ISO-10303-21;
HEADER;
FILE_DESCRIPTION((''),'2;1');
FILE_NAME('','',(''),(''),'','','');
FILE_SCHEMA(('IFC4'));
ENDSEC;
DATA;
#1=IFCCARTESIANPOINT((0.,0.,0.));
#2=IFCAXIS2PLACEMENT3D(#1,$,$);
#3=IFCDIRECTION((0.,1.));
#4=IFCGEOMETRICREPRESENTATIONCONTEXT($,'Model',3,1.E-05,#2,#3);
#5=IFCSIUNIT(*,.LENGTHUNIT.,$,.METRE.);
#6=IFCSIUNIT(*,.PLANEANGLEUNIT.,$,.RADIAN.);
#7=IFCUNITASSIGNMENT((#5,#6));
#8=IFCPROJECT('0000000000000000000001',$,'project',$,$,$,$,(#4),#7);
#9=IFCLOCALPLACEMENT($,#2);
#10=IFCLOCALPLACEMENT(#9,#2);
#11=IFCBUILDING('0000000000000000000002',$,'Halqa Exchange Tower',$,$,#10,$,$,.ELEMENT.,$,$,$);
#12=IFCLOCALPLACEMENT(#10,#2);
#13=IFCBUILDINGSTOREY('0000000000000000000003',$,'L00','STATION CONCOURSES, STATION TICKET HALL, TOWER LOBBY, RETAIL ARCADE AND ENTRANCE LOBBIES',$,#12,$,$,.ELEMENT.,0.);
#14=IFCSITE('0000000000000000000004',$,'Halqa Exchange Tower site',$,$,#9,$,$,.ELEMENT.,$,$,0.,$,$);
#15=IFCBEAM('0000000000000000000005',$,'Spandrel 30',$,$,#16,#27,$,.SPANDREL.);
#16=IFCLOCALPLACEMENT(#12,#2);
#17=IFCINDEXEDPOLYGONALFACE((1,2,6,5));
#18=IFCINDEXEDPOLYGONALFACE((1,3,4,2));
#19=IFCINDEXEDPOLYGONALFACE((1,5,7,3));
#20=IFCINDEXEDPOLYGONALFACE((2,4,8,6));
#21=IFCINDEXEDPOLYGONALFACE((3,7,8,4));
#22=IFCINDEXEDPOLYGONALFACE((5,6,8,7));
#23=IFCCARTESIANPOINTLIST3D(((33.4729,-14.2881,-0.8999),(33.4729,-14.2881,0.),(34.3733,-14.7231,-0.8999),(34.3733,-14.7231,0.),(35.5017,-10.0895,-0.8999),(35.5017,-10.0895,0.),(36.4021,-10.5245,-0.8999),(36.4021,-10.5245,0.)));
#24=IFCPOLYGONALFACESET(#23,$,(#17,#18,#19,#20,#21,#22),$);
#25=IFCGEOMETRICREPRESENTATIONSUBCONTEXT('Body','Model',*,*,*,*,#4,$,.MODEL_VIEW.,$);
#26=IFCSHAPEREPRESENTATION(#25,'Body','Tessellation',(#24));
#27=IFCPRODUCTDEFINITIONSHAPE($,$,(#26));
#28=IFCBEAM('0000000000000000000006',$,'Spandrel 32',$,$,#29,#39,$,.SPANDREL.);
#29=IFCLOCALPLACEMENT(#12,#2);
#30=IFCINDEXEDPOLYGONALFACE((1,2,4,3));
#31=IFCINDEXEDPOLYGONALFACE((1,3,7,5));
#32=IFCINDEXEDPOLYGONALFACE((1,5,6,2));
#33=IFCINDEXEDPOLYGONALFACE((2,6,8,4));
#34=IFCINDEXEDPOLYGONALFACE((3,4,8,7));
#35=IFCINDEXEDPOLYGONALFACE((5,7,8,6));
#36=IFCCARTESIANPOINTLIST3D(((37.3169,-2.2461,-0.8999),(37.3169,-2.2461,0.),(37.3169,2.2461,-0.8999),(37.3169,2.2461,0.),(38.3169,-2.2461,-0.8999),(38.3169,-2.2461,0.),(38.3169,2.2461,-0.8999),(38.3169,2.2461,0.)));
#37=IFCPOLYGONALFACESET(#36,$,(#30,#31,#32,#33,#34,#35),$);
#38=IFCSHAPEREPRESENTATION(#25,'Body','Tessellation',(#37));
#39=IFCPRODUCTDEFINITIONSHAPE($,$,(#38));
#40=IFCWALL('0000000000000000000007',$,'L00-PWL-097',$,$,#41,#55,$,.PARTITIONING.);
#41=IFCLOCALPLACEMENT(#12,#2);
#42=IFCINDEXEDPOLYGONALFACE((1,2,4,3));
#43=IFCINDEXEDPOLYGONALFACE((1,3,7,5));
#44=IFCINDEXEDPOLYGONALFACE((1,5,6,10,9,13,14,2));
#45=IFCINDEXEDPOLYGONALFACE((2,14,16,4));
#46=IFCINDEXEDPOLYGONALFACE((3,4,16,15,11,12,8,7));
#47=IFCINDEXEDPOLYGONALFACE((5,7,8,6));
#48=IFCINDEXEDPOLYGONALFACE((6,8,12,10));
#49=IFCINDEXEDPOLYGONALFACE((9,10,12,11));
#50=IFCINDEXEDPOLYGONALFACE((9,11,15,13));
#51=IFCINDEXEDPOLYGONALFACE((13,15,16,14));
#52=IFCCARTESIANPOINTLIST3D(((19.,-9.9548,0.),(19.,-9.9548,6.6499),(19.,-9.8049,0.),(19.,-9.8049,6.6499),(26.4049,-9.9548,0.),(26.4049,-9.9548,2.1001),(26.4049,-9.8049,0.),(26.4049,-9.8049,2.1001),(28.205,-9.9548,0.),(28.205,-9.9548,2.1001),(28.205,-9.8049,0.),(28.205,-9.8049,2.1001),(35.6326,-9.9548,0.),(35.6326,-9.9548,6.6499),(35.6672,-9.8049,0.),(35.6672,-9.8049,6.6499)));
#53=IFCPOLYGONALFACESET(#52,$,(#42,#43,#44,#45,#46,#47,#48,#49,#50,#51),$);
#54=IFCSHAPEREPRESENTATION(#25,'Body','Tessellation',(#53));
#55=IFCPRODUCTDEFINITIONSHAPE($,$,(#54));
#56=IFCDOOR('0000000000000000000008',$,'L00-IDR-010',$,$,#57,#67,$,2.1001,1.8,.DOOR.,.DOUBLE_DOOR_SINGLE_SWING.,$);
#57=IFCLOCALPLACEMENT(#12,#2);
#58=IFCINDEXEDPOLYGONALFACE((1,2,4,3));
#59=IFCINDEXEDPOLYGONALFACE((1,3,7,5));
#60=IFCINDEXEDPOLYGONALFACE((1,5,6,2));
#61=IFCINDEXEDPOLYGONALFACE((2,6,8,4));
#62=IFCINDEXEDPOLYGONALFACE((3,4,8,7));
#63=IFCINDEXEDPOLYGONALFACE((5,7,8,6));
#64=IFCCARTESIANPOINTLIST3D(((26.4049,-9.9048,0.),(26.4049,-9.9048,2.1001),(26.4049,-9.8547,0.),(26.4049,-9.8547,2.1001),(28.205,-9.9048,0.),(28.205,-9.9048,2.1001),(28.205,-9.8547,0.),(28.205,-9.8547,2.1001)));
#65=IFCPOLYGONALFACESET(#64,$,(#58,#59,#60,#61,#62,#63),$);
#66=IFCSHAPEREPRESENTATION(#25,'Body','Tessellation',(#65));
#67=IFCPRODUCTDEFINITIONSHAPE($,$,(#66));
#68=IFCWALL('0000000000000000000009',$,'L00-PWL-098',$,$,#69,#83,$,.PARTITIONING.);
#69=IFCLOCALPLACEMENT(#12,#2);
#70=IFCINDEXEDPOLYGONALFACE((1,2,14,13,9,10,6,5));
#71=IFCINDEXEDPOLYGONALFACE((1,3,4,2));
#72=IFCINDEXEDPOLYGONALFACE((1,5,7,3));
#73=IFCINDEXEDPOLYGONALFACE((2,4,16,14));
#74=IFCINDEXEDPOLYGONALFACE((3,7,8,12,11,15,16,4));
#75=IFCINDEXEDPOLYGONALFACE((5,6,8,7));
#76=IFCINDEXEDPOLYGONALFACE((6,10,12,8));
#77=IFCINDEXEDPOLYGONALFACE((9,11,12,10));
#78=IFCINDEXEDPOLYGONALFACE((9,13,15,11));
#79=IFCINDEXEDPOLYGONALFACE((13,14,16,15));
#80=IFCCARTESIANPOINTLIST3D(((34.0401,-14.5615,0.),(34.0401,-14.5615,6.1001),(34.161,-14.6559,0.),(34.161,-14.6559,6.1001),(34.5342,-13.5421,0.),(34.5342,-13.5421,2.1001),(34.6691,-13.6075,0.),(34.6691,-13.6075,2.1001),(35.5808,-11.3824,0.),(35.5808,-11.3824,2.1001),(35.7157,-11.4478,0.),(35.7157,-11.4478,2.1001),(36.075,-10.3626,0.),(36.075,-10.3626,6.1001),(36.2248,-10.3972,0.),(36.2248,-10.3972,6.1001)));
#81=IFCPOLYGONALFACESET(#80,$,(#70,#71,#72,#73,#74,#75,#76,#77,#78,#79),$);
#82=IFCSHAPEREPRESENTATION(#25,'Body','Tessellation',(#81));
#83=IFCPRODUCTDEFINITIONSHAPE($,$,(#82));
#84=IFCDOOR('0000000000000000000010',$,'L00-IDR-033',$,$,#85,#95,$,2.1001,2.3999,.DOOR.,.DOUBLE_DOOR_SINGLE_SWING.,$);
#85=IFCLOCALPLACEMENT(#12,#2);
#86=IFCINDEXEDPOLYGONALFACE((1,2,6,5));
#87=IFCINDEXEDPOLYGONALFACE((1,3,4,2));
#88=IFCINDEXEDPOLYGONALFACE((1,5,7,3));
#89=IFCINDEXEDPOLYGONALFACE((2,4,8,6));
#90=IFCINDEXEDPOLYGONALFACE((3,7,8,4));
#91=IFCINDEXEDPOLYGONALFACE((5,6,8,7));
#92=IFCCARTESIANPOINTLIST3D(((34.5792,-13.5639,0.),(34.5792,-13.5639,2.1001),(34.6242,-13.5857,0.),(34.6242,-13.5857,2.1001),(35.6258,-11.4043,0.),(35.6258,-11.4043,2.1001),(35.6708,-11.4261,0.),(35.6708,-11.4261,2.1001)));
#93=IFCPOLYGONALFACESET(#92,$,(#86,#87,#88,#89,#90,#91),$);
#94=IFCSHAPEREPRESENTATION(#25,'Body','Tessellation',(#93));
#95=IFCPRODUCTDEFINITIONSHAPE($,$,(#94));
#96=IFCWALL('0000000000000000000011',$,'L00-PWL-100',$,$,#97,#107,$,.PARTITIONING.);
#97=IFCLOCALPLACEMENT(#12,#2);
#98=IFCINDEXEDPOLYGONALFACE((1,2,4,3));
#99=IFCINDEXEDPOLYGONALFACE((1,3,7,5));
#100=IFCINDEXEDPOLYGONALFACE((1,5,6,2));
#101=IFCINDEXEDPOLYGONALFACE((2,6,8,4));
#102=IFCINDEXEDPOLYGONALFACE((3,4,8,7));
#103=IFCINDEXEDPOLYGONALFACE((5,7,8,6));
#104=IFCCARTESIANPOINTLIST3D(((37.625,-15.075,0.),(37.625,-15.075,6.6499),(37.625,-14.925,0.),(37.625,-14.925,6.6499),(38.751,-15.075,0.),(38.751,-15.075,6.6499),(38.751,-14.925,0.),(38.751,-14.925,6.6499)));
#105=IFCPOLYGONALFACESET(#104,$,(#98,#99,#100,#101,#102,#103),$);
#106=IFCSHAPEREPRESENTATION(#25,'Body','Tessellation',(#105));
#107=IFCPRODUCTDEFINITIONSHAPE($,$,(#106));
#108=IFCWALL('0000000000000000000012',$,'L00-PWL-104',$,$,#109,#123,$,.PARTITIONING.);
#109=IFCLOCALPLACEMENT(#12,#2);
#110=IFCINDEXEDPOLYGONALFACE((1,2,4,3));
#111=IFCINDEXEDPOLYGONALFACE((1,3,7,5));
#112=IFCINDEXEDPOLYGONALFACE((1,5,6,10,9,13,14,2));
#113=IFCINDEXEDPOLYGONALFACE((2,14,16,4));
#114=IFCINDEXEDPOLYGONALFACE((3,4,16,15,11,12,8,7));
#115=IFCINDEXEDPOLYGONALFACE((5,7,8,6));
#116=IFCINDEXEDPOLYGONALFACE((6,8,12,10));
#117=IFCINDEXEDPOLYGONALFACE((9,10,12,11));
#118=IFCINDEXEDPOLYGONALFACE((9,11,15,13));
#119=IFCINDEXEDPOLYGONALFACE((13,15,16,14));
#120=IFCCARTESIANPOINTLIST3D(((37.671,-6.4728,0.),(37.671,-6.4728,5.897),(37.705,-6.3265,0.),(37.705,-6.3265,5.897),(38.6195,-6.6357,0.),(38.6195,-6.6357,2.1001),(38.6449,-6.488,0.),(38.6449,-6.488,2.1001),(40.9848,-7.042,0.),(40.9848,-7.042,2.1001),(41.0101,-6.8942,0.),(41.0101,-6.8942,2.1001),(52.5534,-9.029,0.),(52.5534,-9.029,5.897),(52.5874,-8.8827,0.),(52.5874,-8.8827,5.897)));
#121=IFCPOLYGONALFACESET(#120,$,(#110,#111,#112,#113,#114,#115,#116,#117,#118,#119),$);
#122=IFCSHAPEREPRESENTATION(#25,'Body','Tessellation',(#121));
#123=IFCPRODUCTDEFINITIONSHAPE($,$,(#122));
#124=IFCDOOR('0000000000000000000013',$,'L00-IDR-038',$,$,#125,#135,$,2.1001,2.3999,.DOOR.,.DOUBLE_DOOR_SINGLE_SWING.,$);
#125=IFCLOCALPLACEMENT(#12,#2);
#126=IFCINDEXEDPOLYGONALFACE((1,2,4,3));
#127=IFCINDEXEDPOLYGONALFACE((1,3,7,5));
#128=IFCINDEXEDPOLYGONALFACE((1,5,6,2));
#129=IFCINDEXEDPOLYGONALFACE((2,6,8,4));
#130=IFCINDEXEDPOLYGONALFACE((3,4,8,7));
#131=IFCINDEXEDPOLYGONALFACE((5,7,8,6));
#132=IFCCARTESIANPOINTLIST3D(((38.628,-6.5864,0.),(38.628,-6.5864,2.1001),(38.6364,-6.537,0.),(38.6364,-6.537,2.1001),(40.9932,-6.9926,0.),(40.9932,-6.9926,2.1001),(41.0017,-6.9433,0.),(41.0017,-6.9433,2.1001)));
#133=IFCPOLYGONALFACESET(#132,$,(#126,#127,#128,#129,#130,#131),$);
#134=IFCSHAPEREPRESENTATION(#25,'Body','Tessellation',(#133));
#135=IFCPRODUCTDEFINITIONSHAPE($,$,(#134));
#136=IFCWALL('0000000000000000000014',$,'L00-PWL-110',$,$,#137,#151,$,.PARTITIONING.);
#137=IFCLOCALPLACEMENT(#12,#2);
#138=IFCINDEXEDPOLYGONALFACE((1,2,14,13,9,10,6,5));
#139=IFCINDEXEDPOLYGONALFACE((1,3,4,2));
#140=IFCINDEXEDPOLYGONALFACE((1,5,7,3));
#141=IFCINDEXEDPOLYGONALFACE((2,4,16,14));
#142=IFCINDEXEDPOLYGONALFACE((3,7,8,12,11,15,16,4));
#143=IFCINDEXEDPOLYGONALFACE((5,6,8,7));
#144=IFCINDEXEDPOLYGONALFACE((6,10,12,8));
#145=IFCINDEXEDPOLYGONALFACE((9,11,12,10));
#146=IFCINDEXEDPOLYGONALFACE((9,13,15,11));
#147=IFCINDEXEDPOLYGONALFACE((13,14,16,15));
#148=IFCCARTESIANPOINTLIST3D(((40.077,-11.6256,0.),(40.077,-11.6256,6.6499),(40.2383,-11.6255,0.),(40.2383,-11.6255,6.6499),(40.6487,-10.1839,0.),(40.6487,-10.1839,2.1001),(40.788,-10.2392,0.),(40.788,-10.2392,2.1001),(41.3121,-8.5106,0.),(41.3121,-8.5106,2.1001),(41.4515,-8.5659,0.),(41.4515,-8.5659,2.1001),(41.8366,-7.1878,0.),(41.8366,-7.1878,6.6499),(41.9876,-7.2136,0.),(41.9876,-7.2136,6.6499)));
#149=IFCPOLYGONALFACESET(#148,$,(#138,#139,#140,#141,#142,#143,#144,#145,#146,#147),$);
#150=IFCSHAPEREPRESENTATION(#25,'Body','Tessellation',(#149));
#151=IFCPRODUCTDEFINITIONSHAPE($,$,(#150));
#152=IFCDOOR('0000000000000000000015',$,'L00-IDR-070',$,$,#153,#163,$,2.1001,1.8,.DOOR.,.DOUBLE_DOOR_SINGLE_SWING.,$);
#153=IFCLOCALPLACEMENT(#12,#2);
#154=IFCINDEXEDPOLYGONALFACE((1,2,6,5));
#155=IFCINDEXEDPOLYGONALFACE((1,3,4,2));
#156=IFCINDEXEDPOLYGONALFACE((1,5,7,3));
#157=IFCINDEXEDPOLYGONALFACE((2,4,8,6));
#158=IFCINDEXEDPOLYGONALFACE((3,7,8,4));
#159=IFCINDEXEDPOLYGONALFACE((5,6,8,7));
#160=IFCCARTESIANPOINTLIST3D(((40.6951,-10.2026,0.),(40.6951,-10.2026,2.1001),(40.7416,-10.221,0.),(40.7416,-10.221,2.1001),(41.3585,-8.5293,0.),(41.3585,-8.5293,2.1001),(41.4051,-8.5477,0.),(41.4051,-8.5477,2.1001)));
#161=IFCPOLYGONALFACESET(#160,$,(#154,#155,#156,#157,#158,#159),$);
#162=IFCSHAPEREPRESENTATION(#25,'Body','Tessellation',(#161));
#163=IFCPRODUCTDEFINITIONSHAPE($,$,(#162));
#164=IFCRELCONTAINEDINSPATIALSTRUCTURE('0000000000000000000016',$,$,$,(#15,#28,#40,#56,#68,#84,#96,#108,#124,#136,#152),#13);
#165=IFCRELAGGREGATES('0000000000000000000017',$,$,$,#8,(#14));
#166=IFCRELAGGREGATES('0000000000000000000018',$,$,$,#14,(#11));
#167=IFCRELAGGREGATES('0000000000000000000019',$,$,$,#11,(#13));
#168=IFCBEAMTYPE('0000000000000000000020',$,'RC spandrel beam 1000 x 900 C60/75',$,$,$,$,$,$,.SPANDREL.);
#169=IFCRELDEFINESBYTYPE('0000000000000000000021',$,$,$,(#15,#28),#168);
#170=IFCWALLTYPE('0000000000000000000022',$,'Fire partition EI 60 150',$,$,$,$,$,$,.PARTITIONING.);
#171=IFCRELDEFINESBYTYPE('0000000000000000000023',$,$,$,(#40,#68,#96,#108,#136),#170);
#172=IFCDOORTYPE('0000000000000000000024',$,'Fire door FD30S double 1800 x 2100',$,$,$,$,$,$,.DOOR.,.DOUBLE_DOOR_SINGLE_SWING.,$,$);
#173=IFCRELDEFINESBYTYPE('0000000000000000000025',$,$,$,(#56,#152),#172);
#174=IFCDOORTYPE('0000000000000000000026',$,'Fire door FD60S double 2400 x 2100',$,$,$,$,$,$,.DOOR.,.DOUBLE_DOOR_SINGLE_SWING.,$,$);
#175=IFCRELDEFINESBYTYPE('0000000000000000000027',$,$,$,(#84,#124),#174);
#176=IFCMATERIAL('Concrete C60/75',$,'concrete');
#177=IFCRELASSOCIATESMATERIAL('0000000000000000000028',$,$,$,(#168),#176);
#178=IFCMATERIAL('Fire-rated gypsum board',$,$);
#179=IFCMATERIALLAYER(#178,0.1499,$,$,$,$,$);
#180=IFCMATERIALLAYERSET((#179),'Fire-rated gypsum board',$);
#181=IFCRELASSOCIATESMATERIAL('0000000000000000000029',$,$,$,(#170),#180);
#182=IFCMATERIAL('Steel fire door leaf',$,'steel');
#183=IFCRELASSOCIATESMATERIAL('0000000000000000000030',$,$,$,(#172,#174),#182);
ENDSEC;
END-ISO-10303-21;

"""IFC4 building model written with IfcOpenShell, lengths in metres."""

from ifc_helpers import new_model, si_unit, direction, frame, frame_2d, origin, origin_2d, place, context, subcontext, project, spatial, polyline, rectangle, outline, extrude, material, layer, layer_set, material_profile, profile_set, type_object, element, fill, save


model = new_model("IFC4")

# Units and contexts
model_context = context("Model", 3, precision=1e-05, world=origin(), true_north=direction((0.0, 1.0)))
body_context = subcontext(model_context, "Body", "Model", "MODEL_VIEW")
ifc_project = project(units=[si_unit("LENGTHUNIT", "METRE"), si_unit("PLANEANGLEUNIT", "RADIAN")], contexts=[model_context])

# Site, building, storey
site_placement = place(None, origin())
site = spatial("IfcSite", under=ifc_project, at=site_placement, Name="Halqa Exchange Tower site", CompositionType="ELEMENT", RefElevation=0.0)
building_placement = place(site_placement, origin())
building = spatial("IfcBuilding", under=site, at=building_placement, Name="Halqa Exchange Tower", CompositionType="ELEMENT")
storey_placement = place(building_placement, origin())
storey = spatial("IfcBuildingStorey", under=building, at=storey_placement, Name="L00", Description="STATION CONCOURSES, STATION TICKET HALL, TOWER LOBBY, RETAIL ARCADE AND ENTRANCE LOBBIES", CompositionType="ELEMENT", Elevation=0.0)

# Beams
ifc_material_1 = material(Name="Concrete C60/75", Category="concrete")
ifc_material_profile_1 = material_profile(ifc_material_1, rectangle(XDim=1.0, YDim=0.8999, at=origin_2d()), Name="1000 x 900")
ifc_profile_set_1 = profile_set([ifc_material_profile_1], Name="Concrete C60/75")
beam_type_1 = type_object("IfcBeamType", Name="RC spandrel beam 1000 x 900 C60/75", PredefinedType="SPANDREL", material=ifc_profile_set_1)
beam_1_placement = place(storey_placement, frame((33.9231, -14.5056, -0.45), z_axis=(0.435068, 0.900397, 0.0), x_axis=(-0.900397, 0.435068, 0.0)))
element("IfcBeam", 1, at=beam_1_placement, inside=storey, type_object=beam_type_1, Name="Spandrel 30", PredefinedType="SPANDREL", context=body_context, shape_type="SweptSolid", body=[
    extrude(rectangle(XDim=1.0, YDim=0.8999, at=origin_2d()), origin(), (0.0, 0.0, 1.0), 4.6631),
])
beam_2_placement = place(storey_placement, frame((37.8169, -2.2461, -0.45), z_axis=(0.0, 1.0, 0.0), x_axis=(-1.0, 0.0, 0.0)))
element("IfcBeam", 2, at=beam_2_placement, inside=storey, type_object=beam_type_1, Name="Spandrel 32", PredefinedType="SPANDREL", context=body_context, shape_type="SweptSolid", body=[
    extrude(rectangle(XDim=1.0, YDim=0.8999, at=origin_2d()), origin(), (0.0, 0.0, 1.0), 4.4922),
])

# Walls, openings, doors
ifc_material_2 = material(Name="Fire-rated gypsum board")
ifc_layer_1 = layer(ifc_material_2, 0.1499)
ifc_layer_set_1 = layer_set([ifc_layer_1], Name="Fire-rated gypsum board")
wall_type_1 = type_object("IfcWallType", Name="Fire partition EI 60 150", PredefinedType="PARTITIONING", material=ifc_layer_set_1)
wall_1_placement = place(storey_placement, frame((35.6499, -9.8799, 0.0), z_axis=(0.0, 0.0, 1.0), x_axis=(-1.0, 0.0, 0.0)))
wall_1 = element("IfcWall", 3, at=wall_1_placement, inside=storey, type_object=wall_type_1, Name="L00-PWL-097", PredefinedType="PARTITIONING", context=body_context, shape_type="SweptSolid", body=[
    extrude(outline(polyline([(-0.0173, -0.075), (16.6499, -0.075), (16.6499, 0.075), (0.0173, 0.075), (-0.0173, -0.075)])), origin(), (0.0, 0.0, 1.0), 6.6499),
])
opening_1_placement = place(wall_1_placement, frame((7.4451, 0.0, 0.0)))
opening_1 = element("IfcOpeningElement", 4, at=opening_1_placement, cuts=wall_1, PredefinedType="OPENING", context=body_context, shape_type="SweptSolid", body=[
    extrude(rectangle(XDim=1.8, YDim=2.1001, at=frame_2d((0.8999, 1.05))), frame((0.0, 0.0869, 0.0), z_axis=(0.0, -1.0, 0.0), x_axis=(1.0, 0.0, 0.0)), (0.0, 0.0, 1.0), 0.1738),
])
ifc_material_3 = material(Name="Steel fire door leaf", Category="steel")
door_type_1 = type_object("IfcDoorType", Name="Fire door FD30S double 1800 x 2100", OperationType="DOUBLE_DOOR_SINGLE_SWING", PredefinedType="DOOR", material=ifc_material_3)
door_1_placement = place(opening_1_placement, origin())
door_1 = element("IfcDoor", 5, at=door_1_placement, inside=storey, type_object=door_type_1, Name="L00-IDR-010", OperationType="DOUBLE_DOOR_SINGLE_SWING", OverallHeight=2.1001, OverallWidth=1.8, PredefinedType="DOOR", context=body_context, shape_type="SweptSolid", body=[
    extrude(rectangle(XDim=1.8, YDim=2.1001, at=frame_2d((0.8999, 1.05))), frame((0.0, 0.0249, 0.0), z_axis=(0.0, -1.0, 0.0), x_axis=(1.0, 0.0, 0.0)), (0.0, 0.0, 1.0), 0.05),
])
fill(opening_1, door_1)
wall_2_placement = place(storey_placement, frame((36.1499, -10.3799, 0.0), z_axis=(0.0, 0.0, 1.0), x_axis=(-0.436103, -0.899897, 0.0)))
wall_2 = element("IfcWall", 6, at=wall_2_placement, inside=storey, type_object=wall_type_1, Name="L00-PWL-098", PredefinedType="PARTITIONING", context=body_context, shape_type="SweptSolid", body=[
    extrude(outline(polyline([(0.0171, -0.075), (4.6831, -0.075), (4.7153, 0.075), (-0.0171, 0.075), (0.0171, -0.075)])), origin(), (0.0, 0.0, 1.0), 6.1001),
])
opening_2_placement = place(wall_2_placement, frame((1.1504, 0.0, 0.0)))
opening_2 = element("IfcOpeningElement", 7, at=opening_2_placement, cuts=wall_2, PredefinedType="OPENING", context=body_context, shape_type="SweptSolid", body=[
    extrude(rectangle(XDim=2.3999, YDim=2.1001, at=frame_2d((1.2, 1.05))), frame((0.0, 0.0869, 0.0), z_axis=(0.0, -1.0, 0.0), x_axis=(1.0, 0.0, 0.0)), (0.0, 0.0, 1.0), 0.1738),
])
door_type_2 = type_object("IfcDoorType", Name="Fire door FD60S double 2400 x 2100", OperationType="DOUBLE_DOOR_SINGLE_SWING", PredefinedType="DOOR", material=ifc_material_3)
door_2_placement = place(opening_2_placement, frame((2.3999, 0.0, 0.0), z_axis=(0.0, 0.0, 1.0), x_axis=(-1.0, 0.0, 0.0)))
door_2 = element("IfcDoor", 8, at=door_2_placement, inside=storey, type_object=door_type_2, Name="L00-IDR-033", OperationType="DOUBLE_DOOR_SINGLE_SWING", OverallHeight=2.1001, OverallWidth=2.3999, PredefinedType="DOOR", context=body_context, shape_type="SweptSolid", body=[
    extrude(rectangle(XDim=2.3999, YDim=2.1001, at=frame_2d((1.2, 1.05))), frame((0.0, 0.0249, 0.0), z_axis=(0.0, -1.0, 0.0), x_axis=(1.0, 0.0, 0.0)), (0.0, 0.0, 1.0), 0.05),
])
fill(opening_2, door_2)

# Wall
wall_3_placement = place(storey_placement, frame((37.625, -15.0, 0.0), z_axis=(0.0, 0.0, 1.0), x_axis=(1.0, 0.0, 0.0)))
element("IfcWall", 9, at=wall_3_placement, inside=storey, type_object=wall_type_1, Name="L00-PWL-100", PredefinedType="PARTITIONING", context=body_context, shape_type="SweptSolid", body=[
    extrude(rectangle(XDim=1.126, YDim=0.1499, at=frame_2d((0.563, 0.0))), origin(), (0.0, 0.0, 1.0), 6.6499),
])

# Walls, openings, doors
wall_4_placement = place(storey_placement, frame((37.688, -6.3997, 0.0), z_axis=(0.0, 0.0, 1.0), x_axis=(0.985568, -0.169279, 0.0)))
wall_4 = element("IfcWall", 10, at=wall_4_placement, inside=storey, type_object=wall_type_1, Name="L00-PWL-104", PredefinedType="PARTITIONING", context=body_context, shape_type="SweptSolid", body=[
    extrude(outline(polyline([(-0.0044, -0.075), (15.0959, -0.075), (15.1047, 0.075), (0.0044, 0.075), (-0.0044, -0.075)])), origin(), (0.0, 0.0, 1.0), 5.897),
])
opening_3_placement = place(wall_4_placement, frame((0.958, 0.0, 0.0)))
opening_3 = element("IfcOpeningElement", 11, at=opening_3_placement, cuts=wall_4, PredefinedType="OPENING", context=body_context, shape_type="SweptSolid", body=[
    extrude(rectangle(XDim=2.3999, YDim=2.1001, at=frame_2d((1.2, 1.05))), frame((0.0, 0.0869, 0.0), z_axis=(0.0, -1.0, 0.0), x_axis=(1.0, 0.0, 0.0)), (0.0, 0.0, 1.0), 0.1738),
])
door_3_placement = place(opening_3_placement, frame((2.3999, 0.0, 0.0), z_axis=(0.0, 0.0, 1.0), x_axis=(-1.0, 0.0, 0.0)))
door_3 = element("IfcDoor", 12, at=door_3_placement, inside=storey, type_object=door_type_2, Name="L00-IDR-038", OperationType="DOUBLE_DOOR_SINGLE_SWING", OverallHeight=2.1001, OverallWidth=2.3999, PredefinedType="DOOR", context=body_context, shape_type="SweptSolid", body=[
    extrude(rectangle(XDim=2.3999, YDim=2.1001, at=frame_2d((1.2, 1.05))), frame((0.0, 0.0249, 0.0), z_axis=(0.0, -1.0, 0.0), x_axis=(1.0, 0.0, 0.0)), (0.0, 0.0, 1.0), 0.05),
])
fill(opening_3, door_3)
wall_5_placement = place(storey_placement, frame((41.9121, -7.2007, 0.0), z_axis=(0.0, 0.0, 1.0), x_axis=(-0.368577, -0.929597, 0.0)))
wall_5 = element("IfcWall", 13, at=wall_5_placement, inside=storey, type_object=wall_type_1, Name="L00-PWL-110", PredefinedType="PARTITIONING", context=body_context, shape_type="SweptSolid", body=[
    extrude(outline(polyline([(0.0159, -0.075), (4.7898, -0.075), (4.7302, 0.075), (-0.0159, 0.075), (0.0159, -0.075)])), origin(), (0.0, 0.0, 1.0), 6.6499),
])
opening_4_placement = place(wall_5_placement, frame((1.439, 0.0, 0.0)))
opening_4 = element("IfcOpeningElement", 14, at=opening_4_placement, cuts=wall_5, PredefinedType="OPENING", context=body_context, shape_type="SweptSolid", body=[
    extrude(rectangle(XDim=1.8, YDim=2.1001, at=frame_2d((0.8999, 1.05))), frame((0.0, 0.0869, 0.0), z_axis=(0.0, -1.0, 0.0), x_axis=(1.0, 0.0, 0.0)), (0.0, 0.0, 1.0), 0.1738),
])
door_4_placement = place(opening_4_placement, frame((1.8, 0.0, 0.0), z_axis=(0.0, 0.0, 1.0), x_axis=(-1.0, 0.0, 0.0)))
door_4 = element("IfcDoor", 15, at=door_4_placement, inside=storey, type_object=door_type_1, Name="L00-IDR-070", OperationType="DOUBLE_DOOR_SINGLE_SWING", OverallHeight=2.1001, OverallWidth=1.8, PredefinedType="DOOR", context=body_context, shape_type="SweptSolid", body=[
    extrude(rectangle(XDim=1.8, YDim=2.1001, at=frame_2d((0.8999, 1.05))), frame((0.0, 0.0249, 0.0), z_axis=(0.0, -1.0, 0.0), x_axis=(1.0, 0.0, 0.0)), (0.0, 0.0, 1.0), 0.05),
])
fill(opening_4, door_4)

save(model, "model.ifc")
